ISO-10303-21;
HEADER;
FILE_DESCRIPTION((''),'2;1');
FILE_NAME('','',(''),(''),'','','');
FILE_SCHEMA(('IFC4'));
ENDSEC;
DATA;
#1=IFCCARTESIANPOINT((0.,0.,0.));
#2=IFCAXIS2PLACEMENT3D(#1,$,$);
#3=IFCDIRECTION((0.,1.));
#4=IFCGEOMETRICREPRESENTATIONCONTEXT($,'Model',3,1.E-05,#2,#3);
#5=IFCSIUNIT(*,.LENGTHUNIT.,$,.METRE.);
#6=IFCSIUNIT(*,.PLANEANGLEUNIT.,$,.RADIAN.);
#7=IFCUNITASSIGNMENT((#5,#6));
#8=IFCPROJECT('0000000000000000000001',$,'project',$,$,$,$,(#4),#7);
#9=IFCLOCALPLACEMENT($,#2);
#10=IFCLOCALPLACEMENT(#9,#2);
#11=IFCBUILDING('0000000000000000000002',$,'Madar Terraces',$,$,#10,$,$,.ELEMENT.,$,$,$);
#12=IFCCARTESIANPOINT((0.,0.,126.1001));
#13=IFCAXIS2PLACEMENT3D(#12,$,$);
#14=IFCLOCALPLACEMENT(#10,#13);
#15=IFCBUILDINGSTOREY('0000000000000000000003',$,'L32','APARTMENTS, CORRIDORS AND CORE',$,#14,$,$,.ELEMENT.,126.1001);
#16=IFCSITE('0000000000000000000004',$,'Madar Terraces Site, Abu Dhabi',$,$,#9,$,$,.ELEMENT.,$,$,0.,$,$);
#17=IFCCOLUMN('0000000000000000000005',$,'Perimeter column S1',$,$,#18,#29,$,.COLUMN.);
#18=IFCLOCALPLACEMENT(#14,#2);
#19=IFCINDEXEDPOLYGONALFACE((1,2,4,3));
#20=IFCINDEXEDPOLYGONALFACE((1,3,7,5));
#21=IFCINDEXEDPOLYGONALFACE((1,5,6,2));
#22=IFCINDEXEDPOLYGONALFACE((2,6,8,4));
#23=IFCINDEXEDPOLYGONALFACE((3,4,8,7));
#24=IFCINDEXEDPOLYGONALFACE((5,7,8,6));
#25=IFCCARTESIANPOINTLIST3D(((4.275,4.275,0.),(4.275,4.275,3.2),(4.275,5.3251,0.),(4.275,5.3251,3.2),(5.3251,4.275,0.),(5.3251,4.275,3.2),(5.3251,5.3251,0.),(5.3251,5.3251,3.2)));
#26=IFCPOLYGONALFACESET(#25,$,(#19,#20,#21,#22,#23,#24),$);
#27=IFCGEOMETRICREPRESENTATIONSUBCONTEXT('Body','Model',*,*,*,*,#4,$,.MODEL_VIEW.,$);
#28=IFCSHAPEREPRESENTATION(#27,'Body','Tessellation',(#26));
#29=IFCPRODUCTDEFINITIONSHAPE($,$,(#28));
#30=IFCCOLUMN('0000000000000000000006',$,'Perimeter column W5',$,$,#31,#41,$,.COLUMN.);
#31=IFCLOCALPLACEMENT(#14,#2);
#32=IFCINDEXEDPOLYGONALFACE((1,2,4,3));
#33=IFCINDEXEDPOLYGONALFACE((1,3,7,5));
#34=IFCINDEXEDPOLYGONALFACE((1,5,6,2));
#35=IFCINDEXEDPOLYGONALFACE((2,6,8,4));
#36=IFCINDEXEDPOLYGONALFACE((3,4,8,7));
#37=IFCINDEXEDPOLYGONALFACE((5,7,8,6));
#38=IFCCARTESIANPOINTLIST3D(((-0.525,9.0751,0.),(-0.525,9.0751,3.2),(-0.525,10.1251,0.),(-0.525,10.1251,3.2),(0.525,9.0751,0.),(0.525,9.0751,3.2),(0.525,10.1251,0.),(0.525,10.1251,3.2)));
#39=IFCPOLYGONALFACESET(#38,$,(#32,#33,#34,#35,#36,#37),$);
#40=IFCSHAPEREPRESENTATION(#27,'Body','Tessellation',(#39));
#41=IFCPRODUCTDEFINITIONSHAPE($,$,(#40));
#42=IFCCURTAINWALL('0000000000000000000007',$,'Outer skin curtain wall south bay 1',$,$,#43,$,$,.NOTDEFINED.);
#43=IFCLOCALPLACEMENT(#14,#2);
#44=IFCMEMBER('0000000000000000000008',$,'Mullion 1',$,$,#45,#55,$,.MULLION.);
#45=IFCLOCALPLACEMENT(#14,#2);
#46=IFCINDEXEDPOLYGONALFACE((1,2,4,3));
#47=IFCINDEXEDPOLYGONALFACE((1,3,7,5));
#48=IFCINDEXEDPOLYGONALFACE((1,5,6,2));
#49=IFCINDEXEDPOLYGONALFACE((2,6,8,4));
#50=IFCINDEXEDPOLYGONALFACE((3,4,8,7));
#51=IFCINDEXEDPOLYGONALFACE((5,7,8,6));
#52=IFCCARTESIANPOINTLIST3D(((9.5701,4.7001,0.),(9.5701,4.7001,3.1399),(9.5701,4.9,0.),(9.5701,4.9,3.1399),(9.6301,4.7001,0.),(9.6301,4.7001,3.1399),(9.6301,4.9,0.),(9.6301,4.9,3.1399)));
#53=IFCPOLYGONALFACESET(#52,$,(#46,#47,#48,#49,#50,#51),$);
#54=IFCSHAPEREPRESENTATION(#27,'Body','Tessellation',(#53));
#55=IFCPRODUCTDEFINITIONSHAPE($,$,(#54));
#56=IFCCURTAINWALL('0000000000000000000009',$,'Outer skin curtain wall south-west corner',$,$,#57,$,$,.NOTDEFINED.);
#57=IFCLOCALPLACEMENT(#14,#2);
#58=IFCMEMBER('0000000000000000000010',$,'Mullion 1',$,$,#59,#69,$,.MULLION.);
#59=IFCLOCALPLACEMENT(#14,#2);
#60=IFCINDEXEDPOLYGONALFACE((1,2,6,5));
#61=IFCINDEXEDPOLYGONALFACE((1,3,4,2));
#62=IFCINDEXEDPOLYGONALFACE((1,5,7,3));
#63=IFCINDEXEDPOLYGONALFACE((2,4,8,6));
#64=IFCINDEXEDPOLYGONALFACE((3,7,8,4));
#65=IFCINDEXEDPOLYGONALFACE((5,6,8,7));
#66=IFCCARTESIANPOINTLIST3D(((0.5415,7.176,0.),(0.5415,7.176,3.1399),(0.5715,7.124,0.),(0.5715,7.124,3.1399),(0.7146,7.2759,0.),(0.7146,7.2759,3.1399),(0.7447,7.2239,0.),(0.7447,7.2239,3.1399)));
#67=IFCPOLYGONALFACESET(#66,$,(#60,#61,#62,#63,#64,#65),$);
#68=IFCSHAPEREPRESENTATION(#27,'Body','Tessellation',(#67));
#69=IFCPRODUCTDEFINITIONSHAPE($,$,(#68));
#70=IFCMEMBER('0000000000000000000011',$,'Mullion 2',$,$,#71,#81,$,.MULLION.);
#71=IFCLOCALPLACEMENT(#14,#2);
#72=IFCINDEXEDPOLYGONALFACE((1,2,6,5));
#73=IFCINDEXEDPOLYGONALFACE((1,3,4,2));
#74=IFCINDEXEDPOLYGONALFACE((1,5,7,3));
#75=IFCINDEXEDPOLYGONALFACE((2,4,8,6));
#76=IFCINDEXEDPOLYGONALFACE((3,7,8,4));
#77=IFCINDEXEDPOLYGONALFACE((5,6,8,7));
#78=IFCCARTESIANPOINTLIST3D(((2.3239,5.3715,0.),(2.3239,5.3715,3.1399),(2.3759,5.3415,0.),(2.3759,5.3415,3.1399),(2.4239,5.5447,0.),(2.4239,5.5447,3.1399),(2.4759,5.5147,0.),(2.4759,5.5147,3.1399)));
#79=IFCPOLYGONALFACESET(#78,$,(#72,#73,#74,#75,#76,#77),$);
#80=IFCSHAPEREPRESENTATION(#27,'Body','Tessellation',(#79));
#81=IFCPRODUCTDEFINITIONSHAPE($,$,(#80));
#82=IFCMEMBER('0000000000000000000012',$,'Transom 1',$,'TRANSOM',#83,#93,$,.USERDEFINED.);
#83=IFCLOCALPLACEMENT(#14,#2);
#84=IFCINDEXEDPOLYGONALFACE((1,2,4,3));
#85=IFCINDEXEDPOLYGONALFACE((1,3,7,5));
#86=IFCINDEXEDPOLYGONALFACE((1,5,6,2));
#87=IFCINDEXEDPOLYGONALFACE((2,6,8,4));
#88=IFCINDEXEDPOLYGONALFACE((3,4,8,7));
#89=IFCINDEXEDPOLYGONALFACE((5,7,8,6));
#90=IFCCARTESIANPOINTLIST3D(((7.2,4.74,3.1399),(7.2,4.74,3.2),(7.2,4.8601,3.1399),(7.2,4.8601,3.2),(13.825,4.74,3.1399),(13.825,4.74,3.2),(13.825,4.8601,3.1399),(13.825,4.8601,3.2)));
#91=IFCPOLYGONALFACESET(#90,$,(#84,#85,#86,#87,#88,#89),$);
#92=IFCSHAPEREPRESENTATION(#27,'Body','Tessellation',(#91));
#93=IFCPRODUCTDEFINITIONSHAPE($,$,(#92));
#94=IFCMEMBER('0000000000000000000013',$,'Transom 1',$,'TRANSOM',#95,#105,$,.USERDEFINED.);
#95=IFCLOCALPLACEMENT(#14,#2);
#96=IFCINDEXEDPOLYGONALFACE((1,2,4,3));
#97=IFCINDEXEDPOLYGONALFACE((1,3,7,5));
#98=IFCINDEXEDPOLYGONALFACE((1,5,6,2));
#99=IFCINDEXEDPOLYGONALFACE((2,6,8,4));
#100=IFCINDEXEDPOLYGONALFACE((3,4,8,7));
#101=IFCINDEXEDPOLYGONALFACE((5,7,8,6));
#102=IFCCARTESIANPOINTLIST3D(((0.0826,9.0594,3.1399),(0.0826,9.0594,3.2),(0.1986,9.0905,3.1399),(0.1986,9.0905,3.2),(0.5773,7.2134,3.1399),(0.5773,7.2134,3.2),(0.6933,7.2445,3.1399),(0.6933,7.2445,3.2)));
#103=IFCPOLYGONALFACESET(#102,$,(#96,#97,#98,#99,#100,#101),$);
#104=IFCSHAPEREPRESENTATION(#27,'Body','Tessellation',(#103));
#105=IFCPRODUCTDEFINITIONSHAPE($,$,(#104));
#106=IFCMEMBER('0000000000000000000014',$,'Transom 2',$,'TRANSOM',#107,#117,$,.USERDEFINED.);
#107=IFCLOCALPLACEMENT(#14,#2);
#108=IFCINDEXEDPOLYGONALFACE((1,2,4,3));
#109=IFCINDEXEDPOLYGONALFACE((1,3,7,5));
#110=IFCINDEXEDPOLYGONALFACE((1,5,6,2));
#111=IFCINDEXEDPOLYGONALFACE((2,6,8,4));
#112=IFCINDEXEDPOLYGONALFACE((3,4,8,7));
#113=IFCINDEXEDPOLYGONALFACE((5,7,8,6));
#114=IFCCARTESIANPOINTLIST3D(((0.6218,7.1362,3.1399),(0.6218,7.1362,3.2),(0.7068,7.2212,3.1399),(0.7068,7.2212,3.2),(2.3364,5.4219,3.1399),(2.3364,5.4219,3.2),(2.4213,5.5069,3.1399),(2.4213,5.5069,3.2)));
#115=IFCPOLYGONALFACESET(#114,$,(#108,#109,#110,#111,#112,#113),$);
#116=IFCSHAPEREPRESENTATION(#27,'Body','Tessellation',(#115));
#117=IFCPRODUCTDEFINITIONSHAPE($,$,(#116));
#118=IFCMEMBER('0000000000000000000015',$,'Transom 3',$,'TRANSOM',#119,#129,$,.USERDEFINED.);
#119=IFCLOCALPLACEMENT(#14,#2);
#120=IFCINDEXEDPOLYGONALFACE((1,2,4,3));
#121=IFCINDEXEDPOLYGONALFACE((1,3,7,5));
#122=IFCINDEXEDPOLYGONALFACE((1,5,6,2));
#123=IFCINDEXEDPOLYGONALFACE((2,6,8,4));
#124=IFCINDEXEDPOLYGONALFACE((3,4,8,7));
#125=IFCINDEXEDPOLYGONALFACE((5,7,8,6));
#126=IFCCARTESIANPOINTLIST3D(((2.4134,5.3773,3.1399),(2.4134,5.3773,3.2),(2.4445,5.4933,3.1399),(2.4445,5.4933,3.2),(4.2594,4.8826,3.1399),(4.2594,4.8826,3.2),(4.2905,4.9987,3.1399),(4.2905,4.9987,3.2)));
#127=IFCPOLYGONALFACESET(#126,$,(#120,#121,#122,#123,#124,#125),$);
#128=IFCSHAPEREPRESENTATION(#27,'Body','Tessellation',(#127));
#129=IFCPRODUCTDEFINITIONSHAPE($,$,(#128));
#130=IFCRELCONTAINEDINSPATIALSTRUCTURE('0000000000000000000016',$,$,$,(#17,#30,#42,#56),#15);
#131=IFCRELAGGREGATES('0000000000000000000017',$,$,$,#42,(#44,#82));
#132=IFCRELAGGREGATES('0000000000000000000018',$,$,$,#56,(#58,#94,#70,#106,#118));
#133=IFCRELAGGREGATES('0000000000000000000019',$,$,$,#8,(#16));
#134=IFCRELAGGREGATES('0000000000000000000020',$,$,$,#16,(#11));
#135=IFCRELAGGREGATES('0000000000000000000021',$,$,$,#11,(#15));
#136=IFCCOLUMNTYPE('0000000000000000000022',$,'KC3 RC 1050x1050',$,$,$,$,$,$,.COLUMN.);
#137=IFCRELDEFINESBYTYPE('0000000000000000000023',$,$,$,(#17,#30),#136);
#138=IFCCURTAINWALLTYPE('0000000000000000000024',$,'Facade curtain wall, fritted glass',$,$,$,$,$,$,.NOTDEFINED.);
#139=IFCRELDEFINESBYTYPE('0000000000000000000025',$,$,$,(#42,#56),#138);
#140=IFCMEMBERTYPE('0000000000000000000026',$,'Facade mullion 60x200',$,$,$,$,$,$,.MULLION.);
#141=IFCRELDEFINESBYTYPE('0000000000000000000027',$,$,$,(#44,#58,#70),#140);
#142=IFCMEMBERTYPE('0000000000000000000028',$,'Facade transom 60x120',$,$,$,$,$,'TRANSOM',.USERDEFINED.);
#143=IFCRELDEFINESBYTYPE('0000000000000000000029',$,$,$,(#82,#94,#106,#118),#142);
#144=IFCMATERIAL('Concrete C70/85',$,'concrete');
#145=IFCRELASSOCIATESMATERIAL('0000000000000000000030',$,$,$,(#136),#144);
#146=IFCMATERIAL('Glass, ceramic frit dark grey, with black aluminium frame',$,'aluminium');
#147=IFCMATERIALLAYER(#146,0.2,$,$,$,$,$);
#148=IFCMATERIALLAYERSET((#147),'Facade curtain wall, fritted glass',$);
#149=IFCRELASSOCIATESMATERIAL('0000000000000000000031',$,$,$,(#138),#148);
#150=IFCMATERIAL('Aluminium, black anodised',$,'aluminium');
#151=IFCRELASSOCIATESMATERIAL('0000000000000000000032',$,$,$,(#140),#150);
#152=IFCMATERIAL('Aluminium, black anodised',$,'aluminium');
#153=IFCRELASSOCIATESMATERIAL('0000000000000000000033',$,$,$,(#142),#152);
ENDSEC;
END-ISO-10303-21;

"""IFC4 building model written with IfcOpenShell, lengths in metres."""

from ifc_helpers import new_model, si_unit, direction, frame, origin, origin_2d, place, context, subcontext, project, spatial, rectangle, extrude, material, layer, layer_set, material_profile, profile_set, type_object, element, aggregate, save


model = new_model("IFC4")

# Units and contexts
model_context = context("Model", 3, precision=1e-05, world=origin(), true_north=direction((0.0, 1.0)))
body_context = subcontext(model_context, "Body", "Model", "MODEL_VIEW")
ifc_project = project(units=[si_unit("LENGTHUNIT", "METRE"), si_unit("PLANEANGLEUNIT", "RADIAN")], contexts=[model_context])

# Site, building, storey
site_placement = place(None, origin())
site = spatial("IfcSite", under=ifc_project, at=site_placement, Name="Madar Terraces Site, Abu Dhabi", CompositionType="ELEMENT", RefElevation=0.0)
building_placement = place(site_placement, origin())
building = spatial("IfcBuilding", under=site, at=building_placement, Name="Madar Terraces", CompositionType="ELEMENT")
storey_placement = place(building_placement, frame((0.0, 0.0, 126.1001)))
storey = spatial("IfcBuildingStorey", under=building, at=storey_placement, Name="L32", Description="APARTMENTS, CORRIDORS AND CORE", CompositionType="ELEMENT", Elevation=126.1001)

# Columns
ifc_material_1 = material(Name="Concrete C70/85", Category="concrete")
ifc_material_profile_1 = material_profile(ifc_material_1, rectangle(XDim=1.05, YDim=1.05, at=origin_2d()), Name="KC3 RC 1050x1050")
ifc_profile_set_1 = profile_set([ifc_material_profile_1], Name="Concrete C70/85")
column_type = type_object("IfcColumnType", Name="KC3 RC 1050x1050", PredefinedType="COLUMN", material=ifc_profile_set_1)
for number, where, z_axis, x_axis, name in (
    (1, (4.8, 4.8, 0.0), (0.0, 0.0, 1.0), (1.0, 0.0, 0.0), "Perimeter column S1"),
    (2, (0.0, 9.6001, 0.0), (0.0, 0.0, 1.0), (1.0, 0.0, 0.0), "Perimeter column W5"),
):
    element("IfcColumn", number, at=place(storey_placement, frame(where, z_axis=z_axis, x_axis=x_axis)), inside=storey, type_object=column_type, Name=name, PredefinedType="COLUMN", context=body_context, shape_type="SweptSolid", body=[
        extrude(rectangle(XDim=1.05, YDim=1.05, at=origin_2d()), origin(), (0.0, 0.0, 1.0), 3.2),
    ])

# Curtain wall, member
ifc_material_2 = material(Name="Glass, ceramic frit dark grey, with black aluminium frame", Category="aluminium")
ifc_layer_1 = layer(ifc_material_2, 0.2)
ifc_layer_set_1 = layer_set([ifc_layer_1], Name="Facade curtain wall, fritted glass")
curtain_wall_type = type_object("IfcCurtainWallType", Name="Facade curtain wall, fritted glass", PredefinedType="NOTDEFINED", material=ifc_layer_set_1)
curtain_wall_1_placement = place(storey_placement, origin())
curtain_wall_1 = element("IfcCurtainWall", 3, at=curtain_wall_1_placement, inside=storey, type_object=curtain_wall_type, Name="Outer skin curtain wall south bay 1", PredefinedType="NOTDEFINED")
ifc_material_3 = material(Name="Aluminium, black anodised", Category="aluminium")
ifc_material_profile_2 = material_profile(ifc_material_3, rectangle(XDim=0.2, YDim=0.0601, at=origin_2d()), Name="Facade mullion 60x200")
ifc_profile_set_2 = profile_set([ifc_material_profile_2], Name="Aluminium, black anodised")
member_type_1 = type_object("IfcMemberType", Name="Facade mullion 60x200", PredefinedType="MULLION", material=ifc_profile_set_2)
member_1_placement = place(storey_placement, frame((9.6001, 4.8, 0.0), z_axis=(0.0, 0.0, 1.0), x_axis=(0.0, 1.0, 0.0)))
member_1 = element("IfcMember", 4, at=member_1_placement, type_object=member_type_1, Name="Mullion 1", PredefinedType="MULLION", context=body_context, shape_type="SweptSolid", body=[
    extrude(rectangle(XDim=0.2, YDim=0.0601, at=origin_2d()), origin(), (0.0, 0.0, 1.0), 3.1399),
])

# Curtain wall, members
curtain_wall_2_placement = place(storey_placement, origin())
curtain_wall_2 = element("IfcCurtainWall", 5, at=curtain_wall_2_placement, inside=storey, type_object=curtain_wall_type, Name="Outer skin curtain wall south-west corner", PredefinedType="NOTDEFINED")
member_2_placement = place(storey_placement, frame((0.6431, 7.2, 0.0), z_axis=(0.0, 0.0, 1.0), x_axis=(0.866025, 0.5, 0.0)))
member_2 = element("IfcMember", 6, at=member_2_placement, type_object=member_type_1, Name="Mullion 1", PredefinedType="MULLION", context=body_context, shape_type="SweptSolid", body=[
    extrude(rectangle(XDim=0.2, YDim=0.0601, at=origin_2d()), origin(), (0.0, 0.0, 1.0), 3.1399),
])
member_3_placement = place(storey_placement, frame((2.3999, 5.4431, 0.0), z_axis=(0.0, 0.0, 1.0), x_axis=(0.5, 0.866025, 0.0)))
member_3 = element("IfcMember", 7, at=member_3_placement, type_object=member_type_1, Name="Mullion 2", PredefinedType="MULLION", context=body_context, shape_type="SweptSolid", body=[
    extrude(rectangle(XDim=0.2, YDim=0.0601, at=origin_2d()), origin(), (0.0, 0.0, 1.0), 3.1399),
])

# Members
ifc_material_4 = material(Name="Aluminium, black anodised", Category="aluminium")
ifc_material_profile_3 = material_profile(ifc_material_4, rectangle(XDim=0.1201, YDim=0.0601, at=origin_2d()), Name="Facade transom 60x120")
ifc_profile_set_3 = profile_set([ifc_material_profile_3], Name="Aluminium, black anodised")
member_type_2 = type_object("IfcMemberType", Name="Facade transom 60x120", ElementType="TRANSOM", PredefinedType="USERDEFINED", material=ifc_profile_set_3)
member_4_placement = place(storey_placement, frame((7.2, 4.8, 3.1699), z_axis=(1.0, 0.0, 0.0), x_axis=(0.0, 1.0, 0.0)))
member_4 = element("IfcMember", 8, at=member_4_placement, type_object=member_type_2, Name="Transom 1", ObjectType="TRANSOM", PredefinedType="USERDEFINED", context=body_context, shape_type="SweptSolid", body=[
    extrude(rectangle(XDim=0.1201, YDim=0.0601, at=origin_2d()), origin(), (0.0, 0.0, 1.0), 6.625),
])
member_5_placement = place(storey_placement, frame((0.1406, 9.075, 3.1699), z_axis=(0.258823, -0.965925, 0.0), x_axis=(0.965925, 0.258823, 0.0)))
member_5 = element("IfcMember", 9, at=member_5_placement, type_object=member_type_2, Name="Transom 1", ObjectType="TRANSOM", PredefinedType="USERDEFINED", context=body_context, shape_type="SweptSolid", body=[
    extrude(rectangle(XDim=0.1201, YDim=0.0601, at=origin_2d()), origin(), (0.0, 0.0, 1.0), 1.9111),
])
member_6_placement = place(storey_placement, frame((0.6643, 7.1787, 3.1699), z_axis=(0.707157, -0.707056, 0.0), x_axis=(0.707056, 0.707157, 0.0)))
member_6 = element("IfcMember", 10, at=member_6_placement, type_object=member_type_2, Name="Transom 2", ObjectType="TRANSOM", PredefinedType="USERDEFINED", context=body_context, shape_type="SweptSolid", body=[
    extrude(rectangle(XDim=0.1201, YDim=0.0601, at=origin_2d()), origin(), (0.0, 0.0, 1.0), 2.4246),
])
member_7_placement = place(storey_placement, frame((2.429, 5.4353, 3.1699), z_axis=(0.965925, -0.258823, 0.0), x_axis=(0.258823, 0.965925, 0.0)))
member_7 = element("IfcMember", 11, at=member_7_placement, type_object=member_type_2, Name="Transom 3", ObjectType="TRANSOM", PredefinedType="USERDEFINED", context=body_context, shape_type="SweptSolid", body=[
    extrude(rectangle(XDim=0.1201, YDim=0.0601, at=origin_2d()), origin(), (0.0, 0.0, 1.0), 1.9111),
])

aggregate(curtain_wall_1, [member_1, member_4])
aggregate(curtain_wall_2, [member_2, member_5, member_3, member_6, member_7])

save(model, "model.ifc")
